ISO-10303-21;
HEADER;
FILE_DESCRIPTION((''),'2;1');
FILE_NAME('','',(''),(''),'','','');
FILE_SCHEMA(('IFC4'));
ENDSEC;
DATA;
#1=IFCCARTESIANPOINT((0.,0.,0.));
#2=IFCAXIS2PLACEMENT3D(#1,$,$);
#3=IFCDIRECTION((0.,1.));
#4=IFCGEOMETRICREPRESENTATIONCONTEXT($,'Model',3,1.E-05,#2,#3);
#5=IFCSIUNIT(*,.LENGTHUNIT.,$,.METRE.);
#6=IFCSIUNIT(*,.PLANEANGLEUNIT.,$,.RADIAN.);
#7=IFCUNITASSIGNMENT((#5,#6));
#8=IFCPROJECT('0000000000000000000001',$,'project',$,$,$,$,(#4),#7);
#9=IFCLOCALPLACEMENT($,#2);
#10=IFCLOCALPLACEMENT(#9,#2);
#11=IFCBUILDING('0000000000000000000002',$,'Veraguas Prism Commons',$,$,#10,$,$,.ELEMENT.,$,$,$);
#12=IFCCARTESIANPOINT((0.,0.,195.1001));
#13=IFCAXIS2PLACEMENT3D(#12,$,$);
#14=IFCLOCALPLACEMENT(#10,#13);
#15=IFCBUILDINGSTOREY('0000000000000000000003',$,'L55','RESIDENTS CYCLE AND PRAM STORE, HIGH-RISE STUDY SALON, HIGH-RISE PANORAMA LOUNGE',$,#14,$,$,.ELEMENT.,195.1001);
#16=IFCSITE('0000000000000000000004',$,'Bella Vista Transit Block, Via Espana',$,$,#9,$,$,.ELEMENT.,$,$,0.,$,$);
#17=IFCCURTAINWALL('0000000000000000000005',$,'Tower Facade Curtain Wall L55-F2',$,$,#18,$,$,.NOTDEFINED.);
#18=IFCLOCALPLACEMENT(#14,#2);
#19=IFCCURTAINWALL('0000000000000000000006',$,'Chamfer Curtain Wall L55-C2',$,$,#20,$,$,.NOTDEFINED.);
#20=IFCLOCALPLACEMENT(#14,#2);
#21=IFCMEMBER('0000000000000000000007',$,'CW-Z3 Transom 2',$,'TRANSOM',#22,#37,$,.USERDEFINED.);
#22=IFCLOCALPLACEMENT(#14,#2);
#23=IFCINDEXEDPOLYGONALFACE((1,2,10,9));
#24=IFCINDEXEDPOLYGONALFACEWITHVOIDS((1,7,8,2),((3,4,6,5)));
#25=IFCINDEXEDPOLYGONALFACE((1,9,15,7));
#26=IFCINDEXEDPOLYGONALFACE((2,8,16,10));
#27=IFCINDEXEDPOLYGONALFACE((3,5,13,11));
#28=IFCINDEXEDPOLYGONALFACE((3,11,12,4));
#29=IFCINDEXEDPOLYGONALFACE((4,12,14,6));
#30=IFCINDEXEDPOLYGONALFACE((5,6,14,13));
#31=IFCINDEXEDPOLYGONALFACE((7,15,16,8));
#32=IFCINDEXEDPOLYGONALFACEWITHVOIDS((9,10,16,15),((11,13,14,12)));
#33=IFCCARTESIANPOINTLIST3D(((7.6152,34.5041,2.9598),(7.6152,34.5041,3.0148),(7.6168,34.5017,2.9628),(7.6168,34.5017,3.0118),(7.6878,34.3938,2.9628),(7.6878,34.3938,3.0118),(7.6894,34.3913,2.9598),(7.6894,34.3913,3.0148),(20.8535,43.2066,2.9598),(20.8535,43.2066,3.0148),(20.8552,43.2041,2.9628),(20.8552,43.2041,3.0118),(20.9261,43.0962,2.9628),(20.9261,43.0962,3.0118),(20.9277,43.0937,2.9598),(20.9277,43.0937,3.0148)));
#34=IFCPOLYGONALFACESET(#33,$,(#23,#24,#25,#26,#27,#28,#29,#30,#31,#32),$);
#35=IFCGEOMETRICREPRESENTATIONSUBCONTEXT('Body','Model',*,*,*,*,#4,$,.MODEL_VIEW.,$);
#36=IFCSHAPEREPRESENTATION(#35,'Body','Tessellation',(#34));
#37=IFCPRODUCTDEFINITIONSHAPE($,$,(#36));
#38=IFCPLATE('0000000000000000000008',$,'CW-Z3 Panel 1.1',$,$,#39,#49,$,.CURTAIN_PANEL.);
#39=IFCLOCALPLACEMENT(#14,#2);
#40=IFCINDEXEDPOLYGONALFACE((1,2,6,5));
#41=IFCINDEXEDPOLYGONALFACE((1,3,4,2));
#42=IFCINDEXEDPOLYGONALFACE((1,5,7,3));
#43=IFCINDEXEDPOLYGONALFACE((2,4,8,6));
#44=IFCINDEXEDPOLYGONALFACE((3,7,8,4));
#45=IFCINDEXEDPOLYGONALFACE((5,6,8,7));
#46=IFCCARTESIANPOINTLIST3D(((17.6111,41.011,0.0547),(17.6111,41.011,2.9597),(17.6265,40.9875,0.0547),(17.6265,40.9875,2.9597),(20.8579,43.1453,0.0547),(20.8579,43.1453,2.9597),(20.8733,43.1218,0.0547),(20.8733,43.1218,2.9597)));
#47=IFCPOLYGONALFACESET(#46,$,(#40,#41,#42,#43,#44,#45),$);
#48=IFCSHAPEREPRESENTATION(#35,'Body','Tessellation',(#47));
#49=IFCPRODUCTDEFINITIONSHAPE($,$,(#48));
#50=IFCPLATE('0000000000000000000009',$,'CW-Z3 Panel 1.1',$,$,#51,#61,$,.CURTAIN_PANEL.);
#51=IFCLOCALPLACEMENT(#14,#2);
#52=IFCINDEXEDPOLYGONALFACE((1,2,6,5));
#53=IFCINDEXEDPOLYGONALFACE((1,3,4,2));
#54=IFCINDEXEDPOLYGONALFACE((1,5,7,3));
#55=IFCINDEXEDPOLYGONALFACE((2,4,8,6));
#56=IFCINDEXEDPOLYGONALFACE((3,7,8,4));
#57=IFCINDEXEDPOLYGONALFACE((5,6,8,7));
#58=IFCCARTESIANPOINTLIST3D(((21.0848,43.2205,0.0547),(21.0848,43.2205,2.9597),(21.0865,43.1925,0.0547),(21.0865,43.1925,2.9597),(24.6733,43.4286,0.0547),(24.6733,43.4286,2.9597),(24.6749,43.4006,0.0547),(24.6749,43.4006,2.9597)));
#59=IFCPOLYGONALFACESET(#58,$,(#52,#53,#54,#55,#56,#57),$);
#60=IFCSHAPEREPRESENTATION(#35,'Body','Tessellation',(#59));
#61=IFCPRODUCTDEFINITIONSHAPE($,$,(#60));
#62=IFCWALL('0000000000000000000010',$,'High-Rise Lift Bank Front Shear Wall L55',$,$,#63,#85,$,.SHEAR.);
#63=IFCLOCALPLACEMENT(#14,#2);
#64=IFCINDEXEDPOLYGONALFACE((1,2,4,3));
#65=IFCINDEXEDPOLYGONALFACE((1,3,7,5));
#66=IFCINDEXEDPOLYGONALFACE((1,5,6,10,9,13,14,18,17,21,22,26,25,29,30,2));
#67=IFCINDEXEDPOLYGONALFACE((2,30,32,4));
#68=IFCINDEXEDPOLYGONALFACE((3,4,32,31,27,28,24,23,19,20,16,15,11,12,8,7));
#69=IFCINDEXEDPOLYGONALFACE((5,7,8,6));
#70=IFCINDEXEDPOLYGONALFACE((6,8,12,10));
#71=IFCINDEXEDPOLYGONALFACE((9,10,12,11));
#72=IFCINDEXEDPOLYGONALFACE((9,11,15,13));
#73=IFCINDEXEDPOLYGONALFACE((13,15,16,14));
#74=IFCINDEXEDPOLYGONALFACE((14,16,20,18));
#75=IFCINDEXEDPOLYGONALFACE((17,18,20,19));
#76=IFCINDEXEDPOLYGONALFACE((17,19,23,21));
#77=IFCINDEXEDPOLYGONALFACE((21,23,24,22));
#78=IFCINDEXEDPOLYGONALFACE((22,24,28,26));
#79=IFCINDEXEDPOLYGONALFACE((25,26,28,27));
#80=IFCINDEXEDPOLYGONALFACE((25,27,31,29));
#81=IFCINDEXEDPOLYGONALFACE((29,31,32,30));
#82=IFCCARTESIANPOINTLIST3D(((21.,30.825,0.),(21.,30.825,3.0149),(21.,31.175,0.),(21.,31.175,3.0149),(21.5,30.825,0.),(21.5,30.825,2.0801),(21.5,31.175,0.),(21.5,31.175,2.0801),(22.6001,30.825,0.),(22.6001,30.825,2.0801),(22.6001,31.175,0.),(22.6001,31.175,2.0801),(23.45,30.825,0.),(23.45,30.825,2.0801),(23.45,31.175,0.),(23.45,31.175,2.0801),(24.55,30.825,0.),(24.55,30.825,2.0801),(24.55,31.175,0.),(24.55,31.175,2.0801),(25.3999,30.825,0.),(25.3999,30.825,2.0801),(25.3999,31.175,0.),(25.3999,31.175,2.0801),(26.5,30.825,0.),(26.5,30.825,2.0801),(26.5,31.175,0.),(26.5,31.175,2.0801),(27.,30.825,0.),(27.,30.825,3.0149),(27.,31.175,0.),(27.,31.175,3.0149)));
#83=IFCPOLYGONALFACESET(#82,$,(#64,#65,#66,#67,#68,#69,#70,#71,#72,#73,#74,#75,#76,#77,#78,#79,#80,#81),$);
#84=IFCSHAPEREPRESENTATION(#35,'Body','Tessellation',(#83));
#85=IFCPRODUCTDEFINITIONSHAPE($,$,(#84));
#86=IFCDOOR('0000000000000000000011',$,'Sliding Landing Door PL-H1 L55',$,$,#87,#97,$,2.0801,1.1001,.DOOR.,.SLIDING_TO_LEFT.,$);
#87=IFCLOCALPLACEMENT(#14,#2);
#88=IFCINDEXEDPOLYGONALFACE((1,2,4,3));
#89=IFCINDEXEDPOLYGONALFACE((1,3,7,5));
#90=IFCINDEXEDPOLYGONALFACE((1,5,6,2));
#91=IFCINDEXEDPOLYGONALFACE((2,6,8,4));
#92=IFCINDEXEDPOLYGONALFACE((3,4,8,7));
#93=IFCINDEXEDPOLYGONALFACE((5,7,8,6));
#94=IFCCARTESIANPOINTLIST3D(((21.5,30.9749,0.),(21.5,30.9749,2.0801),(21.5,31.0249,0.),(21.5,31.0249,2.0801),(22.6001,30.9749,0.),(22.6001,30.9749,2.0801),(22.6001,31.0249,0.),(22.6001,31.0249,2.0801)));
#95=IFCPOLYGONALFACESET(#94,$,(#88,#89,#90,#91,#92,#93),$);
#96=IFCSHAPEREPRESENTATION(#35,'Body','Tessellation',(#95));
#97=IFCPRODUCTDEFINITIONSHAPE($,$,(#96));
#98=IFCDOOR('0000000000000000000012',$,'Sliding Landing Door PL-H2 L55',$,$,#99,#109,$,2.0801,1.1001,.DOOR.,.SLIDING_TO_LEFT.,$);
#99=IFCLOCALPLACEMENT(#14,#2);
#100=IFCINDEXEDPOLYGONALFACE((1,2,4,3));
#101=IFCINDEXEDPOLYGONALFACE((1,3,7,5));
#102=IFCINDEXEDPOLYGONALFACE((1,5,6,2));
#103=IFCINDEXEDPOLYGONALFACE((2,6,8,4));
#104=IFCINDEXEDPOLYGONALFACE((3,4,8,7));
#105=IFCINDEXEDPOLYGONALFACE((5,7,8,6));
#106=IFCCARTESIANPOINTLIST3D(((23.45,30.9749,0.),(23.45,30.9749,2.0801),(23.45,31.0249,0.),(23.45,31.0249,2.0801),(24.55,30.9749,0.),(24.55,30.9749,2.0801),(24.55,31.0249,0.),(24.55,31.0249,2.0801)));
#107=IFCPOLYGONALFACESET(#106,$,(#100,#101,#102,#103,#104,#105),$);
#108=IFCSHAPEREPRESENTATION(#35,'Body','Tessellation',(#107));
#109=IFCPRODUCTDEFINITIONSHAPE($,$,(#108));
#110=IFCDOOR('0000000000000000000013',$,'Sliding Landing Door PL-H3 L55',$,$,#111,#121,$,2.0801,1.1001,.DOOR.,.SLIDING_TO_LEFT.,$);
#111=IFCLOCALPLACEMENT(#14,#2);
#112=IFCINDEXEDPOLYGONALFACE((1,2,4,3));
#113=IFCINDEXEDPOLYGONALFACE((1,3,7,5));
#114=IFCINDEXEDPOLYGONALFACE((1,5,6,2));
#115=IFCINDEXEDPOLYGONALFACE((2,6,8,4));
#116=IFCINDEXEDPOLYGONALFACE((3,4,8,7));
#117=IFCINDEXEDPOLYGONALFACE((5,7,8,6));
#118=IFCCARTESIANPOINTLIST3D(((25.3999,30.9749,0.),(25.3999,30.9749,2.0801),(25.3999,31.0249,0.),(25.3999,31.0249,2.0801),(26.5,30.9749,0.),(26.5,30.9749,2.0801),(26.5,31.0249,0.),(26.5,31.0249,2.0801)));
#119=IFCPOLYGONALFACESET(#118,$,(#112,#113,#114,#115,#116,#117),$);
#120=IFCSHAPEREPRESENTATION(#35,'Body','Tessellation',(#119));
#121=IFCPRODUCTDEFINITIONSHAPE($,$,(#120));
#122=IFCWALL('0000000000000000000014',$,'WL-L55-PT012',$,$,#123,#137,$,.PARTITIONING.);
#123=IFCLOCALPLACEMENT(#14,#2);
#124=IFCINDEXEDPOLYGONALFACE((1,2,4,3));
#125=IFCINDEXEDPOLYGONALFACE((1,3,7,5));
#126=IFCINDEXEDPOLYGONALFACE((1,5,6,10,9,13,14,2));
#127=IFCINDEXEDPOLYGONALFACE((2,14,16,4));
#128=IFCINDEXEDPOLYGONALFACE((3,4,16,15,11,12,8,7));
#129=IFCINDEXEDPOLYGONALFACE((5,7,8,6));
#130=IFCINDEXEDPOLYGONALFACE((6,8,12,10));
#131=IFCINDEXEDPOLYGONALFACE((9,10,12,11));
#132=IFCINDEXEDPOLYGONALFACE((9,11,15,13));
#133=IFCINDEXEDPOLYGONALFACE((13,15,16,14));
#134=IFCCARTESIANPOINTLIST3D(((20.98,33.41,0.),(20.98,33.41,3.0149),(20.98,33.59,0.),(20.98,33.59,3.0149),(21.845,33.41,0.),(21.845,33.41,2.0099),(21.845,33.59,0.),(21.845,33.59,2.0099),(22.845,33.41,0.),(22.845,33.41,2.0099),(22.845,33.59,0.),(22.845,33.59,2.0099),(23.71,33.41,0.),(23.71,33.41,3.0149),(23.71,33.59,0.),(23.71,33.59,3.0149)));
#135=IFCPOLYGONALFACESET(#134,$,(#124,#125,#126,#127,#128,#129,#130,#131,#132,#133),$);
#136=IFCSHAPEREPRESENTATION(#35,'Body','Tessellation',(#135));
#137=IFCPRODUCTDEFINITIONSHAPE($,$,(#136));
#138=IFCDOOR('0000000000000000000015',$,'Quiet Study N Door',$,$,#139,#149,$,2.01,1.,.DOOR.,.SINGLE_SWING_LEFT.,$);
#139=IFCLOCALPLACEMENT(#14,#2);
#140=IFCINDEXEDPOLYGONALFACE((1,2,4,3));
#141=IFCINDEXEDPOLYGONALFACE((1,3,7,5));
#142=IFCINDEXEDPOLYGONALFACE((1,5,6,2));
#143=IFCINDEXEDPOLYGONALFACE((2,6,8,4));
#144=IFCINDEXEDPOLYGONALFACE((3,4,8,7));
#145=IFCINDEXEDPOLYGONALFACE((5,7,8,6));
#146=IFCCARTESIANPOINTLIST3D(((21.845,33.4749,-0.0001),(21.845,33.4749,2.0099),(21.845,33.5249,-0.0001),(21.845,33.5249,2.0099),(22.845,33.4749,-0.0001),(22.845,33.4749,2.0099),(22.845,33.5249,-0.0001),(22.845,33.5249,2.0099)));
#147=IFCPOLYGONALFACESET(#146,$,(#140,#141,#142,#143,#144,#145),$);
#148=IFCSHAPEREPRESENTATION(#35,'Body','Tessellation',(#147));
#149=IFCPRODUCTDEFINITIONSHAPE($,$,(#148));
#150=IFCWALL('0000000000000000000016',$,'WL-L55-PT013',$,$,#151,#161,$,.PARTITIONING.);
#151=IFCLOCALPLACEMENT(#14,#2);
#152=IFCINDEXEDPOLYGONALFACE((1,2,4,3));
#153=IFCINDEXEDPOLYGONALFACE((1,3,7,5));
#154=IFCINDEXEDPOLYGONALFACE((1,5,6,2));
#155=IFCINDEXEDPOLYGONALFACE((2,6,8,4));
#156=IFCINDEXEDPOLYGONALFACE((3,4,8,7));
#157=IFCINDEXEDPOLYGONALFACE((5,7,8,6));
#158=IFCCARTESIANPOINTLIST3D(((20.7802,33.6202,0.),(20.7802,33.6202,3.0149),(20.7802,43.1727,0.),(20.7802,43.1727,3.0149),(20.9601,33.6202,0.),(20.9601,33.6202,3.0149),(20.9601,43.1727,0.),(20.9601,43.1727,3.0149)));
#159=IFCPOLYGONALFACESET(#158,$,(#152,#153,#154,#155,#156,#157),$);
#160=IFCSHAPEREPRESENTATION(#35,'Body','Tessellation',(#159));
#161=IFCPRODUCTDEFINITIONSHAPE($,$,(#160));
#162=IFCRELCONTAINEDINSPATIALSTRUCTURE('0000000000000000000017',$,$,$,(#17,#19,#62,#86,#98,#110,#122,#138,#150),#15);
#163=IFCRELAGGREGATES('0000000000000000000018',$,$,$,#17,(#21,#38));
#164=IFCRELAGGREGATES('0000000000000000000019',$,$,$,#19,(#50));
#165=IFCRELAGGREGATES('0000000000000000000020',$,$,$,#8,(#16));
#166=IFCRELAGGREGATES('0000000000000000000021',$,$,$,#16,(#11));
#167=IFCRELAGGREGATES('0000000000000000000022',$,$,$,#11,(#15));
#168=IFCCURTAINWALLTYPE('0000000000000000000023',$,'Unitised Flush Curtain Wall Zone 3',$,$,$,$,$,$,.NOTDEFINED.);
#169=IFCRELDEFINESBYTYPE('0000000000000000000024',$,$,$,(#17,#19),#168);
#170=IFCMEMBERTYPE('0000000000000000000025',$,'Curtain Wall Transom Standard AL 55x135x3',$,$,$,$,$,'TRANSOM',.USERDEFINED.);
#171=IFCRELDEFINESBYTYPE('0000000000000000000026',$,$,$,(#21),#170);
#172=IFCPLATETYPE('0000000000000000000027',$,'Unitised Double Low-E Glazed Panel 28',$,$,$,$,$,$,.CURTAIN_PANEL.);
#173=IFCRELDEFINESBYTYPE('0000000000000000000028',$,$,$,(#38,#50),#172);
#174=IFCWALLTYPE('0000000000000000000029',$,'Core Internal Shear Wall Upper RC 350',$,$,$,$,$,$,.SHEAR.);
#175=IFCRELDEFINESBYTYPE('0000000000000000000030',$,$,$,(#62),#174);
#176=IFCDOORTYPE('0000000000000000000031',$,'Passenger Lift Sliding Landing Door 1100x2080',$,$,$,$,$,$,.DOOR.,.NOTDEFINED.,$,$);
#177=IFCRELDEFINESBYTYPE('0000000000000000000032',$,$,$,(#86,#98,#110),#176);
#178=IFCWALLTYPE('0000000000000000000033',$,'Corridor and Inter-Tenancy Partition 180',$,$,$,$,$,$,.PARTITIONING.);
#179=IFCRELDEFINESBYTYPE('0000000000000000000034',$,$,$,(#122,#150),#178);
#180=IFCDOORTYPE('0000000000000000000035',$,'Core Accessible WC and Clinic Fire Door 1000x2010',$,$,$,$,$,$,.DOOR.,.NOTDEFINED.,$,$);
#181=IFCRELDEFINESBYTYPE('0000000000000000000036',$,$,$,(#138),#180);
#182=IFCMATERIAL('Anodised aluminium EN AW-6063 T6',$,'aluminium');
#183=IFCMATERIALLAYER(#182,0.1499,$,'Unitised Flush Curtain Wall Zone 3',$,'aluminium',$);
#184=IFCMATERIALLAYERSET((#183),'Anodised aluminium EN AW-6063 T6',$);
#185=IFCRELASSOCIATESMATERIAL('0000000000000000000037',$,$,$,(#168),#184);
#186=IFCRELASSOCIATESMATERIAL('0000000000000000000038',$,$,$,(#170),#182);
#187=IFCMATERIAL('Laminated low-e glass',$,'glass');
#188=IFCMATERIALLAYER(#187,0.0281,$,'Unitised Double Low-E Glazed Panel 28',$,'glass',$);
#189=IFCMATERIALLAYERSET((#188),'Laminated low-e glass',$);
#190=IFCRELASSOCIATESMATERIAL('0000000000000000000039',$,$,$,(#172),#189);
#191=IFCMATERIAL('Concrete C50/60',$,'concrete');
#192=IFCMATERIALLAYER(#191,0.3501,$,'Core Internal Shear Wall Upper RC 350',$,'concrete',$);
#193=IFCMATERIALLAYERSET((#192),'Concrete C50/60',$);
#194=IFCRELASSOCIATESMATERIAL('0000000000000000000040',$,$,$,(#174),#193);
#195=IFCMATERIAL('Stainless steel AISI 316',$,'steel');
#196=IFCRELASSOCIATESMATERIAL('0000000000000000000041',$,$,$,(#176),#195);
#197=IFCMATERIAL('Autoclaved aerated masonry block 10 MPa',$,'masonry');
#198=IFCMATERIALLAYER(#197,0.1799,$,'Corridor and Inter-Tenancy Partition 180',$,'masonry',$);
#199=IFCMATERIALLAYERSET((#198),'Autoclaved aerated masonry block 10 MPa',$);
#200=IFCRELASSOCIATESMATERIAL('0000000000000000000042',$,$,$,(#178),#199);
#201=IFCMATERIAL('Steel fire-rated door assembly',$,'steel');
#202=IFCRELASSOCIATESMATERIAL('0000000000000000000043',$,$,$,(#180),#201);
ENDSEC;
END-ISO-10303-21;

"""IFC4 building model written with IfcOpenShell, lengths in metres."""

from ifc_helpers import new_model, si_unit, direction, frame, frame_2d, origin, origin_2d, place, context, subcontext, project, spatial, rectangle, hollow_rectangle, extrude, source, transform, mapped, material, layer, layer_set, material_profile, profile_set, type_object, element, fill, aggregate, save


model = new_model("IFC4")

# Units and contexts
model_context = context("Model", 3, precision=1e-05, world=origin(), true_north=direction((0.0, 1.0)))
body_context = subcontext(model_context, "Body", "Model", "MODEL_VIEW")
ifc_project = project(units=[si_unit("LENGTHUNIT", "METRE"), si_unit("PLANEANGLEUNIT", "RADIAN")], contexts=[model_context])

# Site, building, storey
site_placement = place(None, origin())
site = spatial("IfcSite", under=ifc_project, at=site_placement, Name="Bella Vista Transit Block, Via Espana", CompositionType="ELEMENT", RefElevation=0.0)
building_placement = place(site_placement, origin())
building = spatial("IfcBuilding", under=site, at=building_placement, Name="Veraguas Prism Commons", CompositionType="ELEMENT")
storey_placement = place(building_placement, frame((0.0, 0.0, 195.1001)))
storey = spatial("IfcBuildingStorey", under=building, at=storey_placement, Name="L55", Description="RESIDENTS CYCLE AND PRAM STORE, HIGH-RISE STUDY SALON, HIGH-RISE PANORAMA LOUNGE", CompositionType="ELEMENT", Elevation=195.1001)

# Shared definitions
ifc_material_1 = material(Name="Concrete C50/60", Category="concrete")

# Curtain wall
ifc_material_2 = material(Name="Anodised aluminium EN AW-6063 T6", Category="aluminium")
ifc_layer_1 = layer(ifc_material_2, 0.1499, Name="Unitised Flush Curtain Wall Zone 3", Category="aluminium")
ifc_layer_set_1 = layer_set([ifc_layer_1], Name="Anodised aluminium EN AW-6063 T6")
curtain_wall_type = type_object("IfcCurtainWallType", Name="Unitised Flush Curtain Wall Zone 3", PredefinedType="NOTDEFINED", material=ifc_layer_set_1)
curtain_wall_1_placement = place(storey_placement, origin())
curtain_wall_1 = element("IfcCurtainWall", 1, at=curtain_wall_1_placement, inside=storey, type_object=curtain_wall_type, Name="Tower Facade Curtain Wall L55-F2", PredefinedType="NOTDEFINED")

# Curtain wall
curtain_wall_2_placement = place(storey_placement, origin())
curtain_wall_2 = element("IfcCurtainWall", 2, at=curtain_wall_2_placement, inside=storey, type_object=curtain_wall_type, Name="Chamfer Curtain Wall L55-C2", PredefinedType="NOTDEFINED")

# Member
ifc_material_profile_1 = material_profile(ifc_material_2, hollow_rectangle(XDim=0.0549, YDim=0.135, WallThickness=0.0029, at=origin_2d()), Name="AL55X135X3")
ifc_profile_set_1 = profile_set([ifc_material_profile_1], Name="Anodised aluminium EN AW-6063 T6")
member_type_1 = type_object("IfcMemberType", Name="Curtain Wall Transom Standard AL 55x135x3", ElementType="TRANSOM", PredefinedType="USERDEFINED", material=ifc_profile_set_1)
shared_shape_1 = source(origin(), body_context, "Body", "SweptSolid", [
    extrude(hollow_rectangle(XDim=0.0549, YDim=0.135, WallThickness=0.0029, at=origin_2d()), origin(), (0.0, 0.0, 1.0), 15.8425),
])
member_1_placement = place(storey_placement, frame((20.8906, 43.1501, 2.9873), z_axis=(-0.83562, -0.549308, 0.0), x_axis=(0.0, 0.0, 1.0)))
member_1 = element("IfcMember", 3, at=member_1_placement, type_object=member_type_1, Name="CW-Z3 Transom 2", ObjectType="TRANSOM", PredefinedType="USERDEFINED", context=body_context, shape_type="MappedRepresentation", body=[
    mapped(shared_shape_1, transform((0.0, 0.0, 0.0), scale=1.0)),
])

# Plates
ifc_material_3 = material(Name="Laminated low-e glass", Category="glass")
ifc_layer_2 = layer(ifc_material_3, 0.0281, Name="Unitised Double Low-E Glazed Panel 28", Category="glass")
ifc_layer_set_2 = layer_set([ifc_layer_2], Name="Laminated low-e glass")
plate_type = type_object("IfcPlateType", Name="Unitised Double Low-E Glazed Panel 28", PredefinedType="CURTAIN_PANEL", material=ifc_layer_set_2)
shared_shape_2 = source(origin(), body_context, "Body", "SweptSolid", [
    extrude(rectangle(XDim=3.8855, YDim=0.0281, at=origin_2d()), origin(), (0.0, 0.0, 1.0), 2.905),
])
plate_1_placement = place(storey_placement, frame((19.2422, 42.0664, 0.0547), z_axis=(0.0, 0.0, 1.0), x_axis=(-0.835621, -0.549306, 0.0)))
plate_1 = element("IfcPlate", 4, at=plate_1_placement, type_object=plate_type, Name="CW-Z3 Panel 1.1", PredefinedType="CURTAIN_PANEL", context=body_context, shape_type="MappedRepresentation", body=[
    mapped(shared_shape_2, transform((0.0, 0.0, 0.0), scale=1.0)),
])
aggregate(curtain_wall_1, [member_1, plate_1])
shared_shape_3 = source(origin(), body_context, "Body", "SweptSolid", [
    extrude(rectangle(XDim=3.5945, YDim=0.0281, at=origin_2d()), origin(), (0.0, 0.0, 1.0), 2.905),
])
plate_2_placement = place(storey_placement, frame((22.8799, 43.3105, 0.0547), z_axis=(0.0, 0.0, 1.0), x_axis=(-0.998322, -0.057909, 0.0)))
plate_2 = element("IfcPlate", 5, at=plate_2_placement, type_object=plate_type, Name="CW-Z3 Panel 1.1", PredefinedType="CURTAIN_PANEL", context=body_context, shape_type="MappedRepresentation", body=[
    mapped(shared_shape_3, transform((0.0, 0.0, 0.0), scale=1.0)),
])
aggregate(curtain_wall_2, [plate_2])

# Wall, openings, doors
ifc_layer_3 = layer(ifc_material_1, 0.3501, Name="Core Internal Shear Wall Upper RC 350", Category="concrete")
ifc_layer_set_3 = layer_set([ifc_layer_3], Name="Concrete C50/60")
wall_type_1 = type_object("IfcWallType", Name="Core Internal Shear Wall Upper RC 350", PredefinedType="SHEAR", material=ifc_layer_set_3)
wall_1_placement = place(storey_placement, frame((21.0, 31.0, 0.0), z_axis=(0.0, 0.0, 1.0), x_axis=(1.0, 0.0, 0.0)))
wall_1 = element("IfcWall", 6, at=wall_1_placement, inside=storey, type_object=wall_type_1, Name="High-Rise Lift Bank Front Shear Wall L55", PredefinedType="SHEAR", context=body_context, shape_type="SweptSolid", body=[
    extrude(rectangle(XDim=6.0, YDim=0.3501, at=frame_2d((3.0, 0.0))), origin(), (0.0, 0.0, 1.0), 3.0149),
])
opening_1_placement = place(wall_1_placement, frame((0.5, 0.0, 0.0)))
opening_1 = element("IfcOpeningElement", 7, at=opening_1_placement, cuts=wall_1, PredefinedType="OPENING", context=body_context, shape_type="SweptSolid", body=[
    extrude(rectangle(XDim=1.1001, YDim=2.0801, at=frame_2d((0.55, 1.04))), frame((0.0, 0.1851, 0.0), z_axis=(0.0, -1.0, 0.0), x_axis=(1.0, 0.0, 0.0)), (0.0, 0.0, 1.0), 0.3701),
])
opening_2_placement = place(wall_1_placement, frame((2.45, 0.0, 0.0)))
opening_2 = element("IfcOpeningElement", 8, at=opening_2_placement, cuts=wall_1, PredefinedType="OPENING", context=body_context, shape_type="SweptSolid", body=[
    extrude(rectangle(XDim=1.1001, YDim=2.0801, at=frame_2d((0.55, 1.04))), frame((0.0, 0.1851, 0.0), z_axis=(0.0, -1.0, 0.0), x_axis=(1.0, 0.0, 0.0)), (0.0, 0.0, 1.0), 0.3701),
])
opening_3_placement = place(wall_1_placement, frame((4.3999, 0.0, 0.0)))
opening_3 = element("IfcOpeningElement", 9, at=opening_3_placement, cuts=wall_1, PredefinedType="OPENING", context=body_context, shape_type="SweptSolid", body=[
    extrude(rectangle(XDim=1.1001, YDim=2.0801, at=frame_2d((0.55, 1.04))), frame((0.0, 0.1851, 0.0), z_axis=(0.0, -1.0, 0.0), x_axis=(1.0, 0.0, 0.0)), (0.0, 0.0, 1.0), 0.3701),
])
ifc_material_4 = material(Name="Stainless steel AISI 316", Category="steel")
door_type_1 = type_object("IfcDoorType", Name="Passenger Lift Sliding Landing Door 1100x2080", OperationType="NOTDEFINED", PredefinedType="DOOR", material=ifc_material_4)
shared_shape_4 = source(origin(), body_context, "Body", "SweptSolid", [
    extrude(rectangle(XDim=1.1001, YDim=2.0801, at=frame_2d((0.55, 1.04))), frame((0.0, 0.0249, 0.0), z_axis=(0.0, -1.0, 0.0), x_axis=(1.0, 0.0, 0.0)), (0.0, 0.0, 1.0), 0.05),
])
door_1_placement = place(opening_1_placement, origin())
door_1 = element("IfcDoor", 10, at=door_1_placement, inside=storey, type_object=door_type_1, Name="Sliding Landing Door PL-H1 L55", OperationType="SLIDING_TO_LEFT", OverallHeight=2.0801, OverallWidth=1.1001, PredefinedType="DOOR", context=body_context, shape_type="MappedRepresentation", body=[
    mapped(shared_shape_4, transform((0.0, 0.0, 0.0), scale=1.0)),
])
fill(opening_1, door_1)
door_2_placement = place(opening_2_placement, origin())
door_2 = element("IfcDoor", 11, at=door_2_placement, inside=storey, type_object=door_type_1, Name="Sliding Landing Door PL-H2 L55", OperationType="SLIDING_TO_LEFT", OverallHeight=2.0801, OverallWidth=1.1001, PredefinedType="DOOR", context=body_context, shape_type="MappedRepresentation", body=[
    mapped(shared_shape_4, transform((0.0, 0.0, 0.0), scale=1.0)),
])
fill(opening_2, door_2)
door_3_placement = place(opening_3_placement, origin())
door_3 = element("IfcDoor", 12, at=door_3_placement, inside=storey, type_object=door_type_1, Name="Sliding Landing Door PL-H3 L55", OperationType="SLIDING_TO_LEFT", OverallHeight=2.0801, OverallWidth=1.1001, PredefinedType="DOOR", context=body_context, shape_type="MappedRepresentation", body=[
    mapped(shared_shape_4, transform((0.0, 0.0, 0.0), scale=1.0)),
])
fill(opening_3, door_3)

# Wall, opening, door
ifc_material_5 = material(Name="Autoclaved aerated masonry block 10 MPa", Category="masonry")
ifc_layer_4 = layer(ifc_material_5, 0.1799, Name="Corridor and Inter-Tenancy Partition 180", Category="masonry")
ifc_layer_set_4 = layer_set([ifc_layer_4], Name="Autoclaved aerated masonry block 10 MPa")
wall_type_2 = type_object("IfcWallType", Name="Corridor and Inter-Tenancy Partition 180", PredefinedType="PARTITIONING", material=ifc_layer_set_4)
wall_2_placement = place(storey_placement, frame((20.98, 33.5, 0.0), z_axis=(0.0, 0.0, 1.0), x_axis=(1.0, 0.0, 0.0)))
wall_2 = element("IfcWall", 13, at=wall_2_placement, inside=storey, type_object=wall_type_2, Name="WL-L55-PT012", PredefinedType="PARTITIONING", context=body_context, shape_type="SweptSolid", body=[
    extrude(rectangle(XDim=2.73, YDim=0.1799, at=frame_2d((1.365, 0.0))), origin(), (0.0, 0.0, 1.0), 3.0149),
])
opening_4_placement = place(wall_2_placement, frame((0.865, 0.0, 0.0)))
opening_4 = element("IfcOpeningElement", 14, at=opening_4_placement, cuts=wall_2, PredefinedType="OPENING", context=body_context, shape_type="SweptSolid", body=[
    extrude(rectangle(XDim=1.0, YDim=2.01, at=frame_2d((0.5, 1.0049))), frame((0.0, 0.0999, 0.0), z_axis=(0.0, -1.0, 0.0), x_axis=(1.0, 0.0, 0.0)), (0.0, 0.0, 1.0), 0.2),
])
ifc_material_6 = material(Name="Steel fire-rated door assembly", Category="steel")
door_type_2 = type_object("IfcDoorType", Name="Core Accessible WC and Clinic Fire Door 1000x2010", OperationType="NOTDEFINED", PredefinedType="DOOR", material=ifc_material_6)
shared_shape_5 = source(origin(), body_context, "Body", "SweptSolid", [
    extrude(rectangle(XDim=1.0, YDim=2.01, at=frame_2d((0.5, 1.0049))), frame((0.0, 0.0249, 0.0), z_axis=(0.0, -1.0, 0.0), x_axis=(1.0, 0.0, 0.0)), (0.0, 0.0, 1.0), 0.05),
])
door_4_placement = place(opening_4_placement, origin())
door_4 = element("IfcDoor", 15, at=door_4_placement, inside=storey, type_object=door_type_2, Name="Quiet Study N Door", OperationType="SINGLE_SWING_LEFT", OverallHeight=2.01, OverallWidth=1.0, PredefinedType="DOOR", context=body_context, shape_type="MappedRepresentation", body=[
    mapped(shared_shape_5, transform((0.0, 0.0, 0.0), scale=1.0)),
])
fill(opening_4, door_4)

# Wall
wall_3_placement = place(storey_placement, frame((20.8701, 33.6201, 0.0), z_axis=(0.0, 0.0, 1.0), x_axis=(0.0, 1.0, 0.0)))
element("IfcWall", 16, at=wall_3_placement, inside=storey, type_object=wall_type_2, Name="WL-L55-PT013", PredefinedType="PARTITIONING", context=body_context, shape_type="SweptSolid", body=[
    extrude(rectangle(XDim=9.5525, YDim=0.1799, at=frame_2d((4.7764, 0.0))), origin(), (0.0, 0.0, 1.0), 3.0149),
])

save(model, "model.ifc")
